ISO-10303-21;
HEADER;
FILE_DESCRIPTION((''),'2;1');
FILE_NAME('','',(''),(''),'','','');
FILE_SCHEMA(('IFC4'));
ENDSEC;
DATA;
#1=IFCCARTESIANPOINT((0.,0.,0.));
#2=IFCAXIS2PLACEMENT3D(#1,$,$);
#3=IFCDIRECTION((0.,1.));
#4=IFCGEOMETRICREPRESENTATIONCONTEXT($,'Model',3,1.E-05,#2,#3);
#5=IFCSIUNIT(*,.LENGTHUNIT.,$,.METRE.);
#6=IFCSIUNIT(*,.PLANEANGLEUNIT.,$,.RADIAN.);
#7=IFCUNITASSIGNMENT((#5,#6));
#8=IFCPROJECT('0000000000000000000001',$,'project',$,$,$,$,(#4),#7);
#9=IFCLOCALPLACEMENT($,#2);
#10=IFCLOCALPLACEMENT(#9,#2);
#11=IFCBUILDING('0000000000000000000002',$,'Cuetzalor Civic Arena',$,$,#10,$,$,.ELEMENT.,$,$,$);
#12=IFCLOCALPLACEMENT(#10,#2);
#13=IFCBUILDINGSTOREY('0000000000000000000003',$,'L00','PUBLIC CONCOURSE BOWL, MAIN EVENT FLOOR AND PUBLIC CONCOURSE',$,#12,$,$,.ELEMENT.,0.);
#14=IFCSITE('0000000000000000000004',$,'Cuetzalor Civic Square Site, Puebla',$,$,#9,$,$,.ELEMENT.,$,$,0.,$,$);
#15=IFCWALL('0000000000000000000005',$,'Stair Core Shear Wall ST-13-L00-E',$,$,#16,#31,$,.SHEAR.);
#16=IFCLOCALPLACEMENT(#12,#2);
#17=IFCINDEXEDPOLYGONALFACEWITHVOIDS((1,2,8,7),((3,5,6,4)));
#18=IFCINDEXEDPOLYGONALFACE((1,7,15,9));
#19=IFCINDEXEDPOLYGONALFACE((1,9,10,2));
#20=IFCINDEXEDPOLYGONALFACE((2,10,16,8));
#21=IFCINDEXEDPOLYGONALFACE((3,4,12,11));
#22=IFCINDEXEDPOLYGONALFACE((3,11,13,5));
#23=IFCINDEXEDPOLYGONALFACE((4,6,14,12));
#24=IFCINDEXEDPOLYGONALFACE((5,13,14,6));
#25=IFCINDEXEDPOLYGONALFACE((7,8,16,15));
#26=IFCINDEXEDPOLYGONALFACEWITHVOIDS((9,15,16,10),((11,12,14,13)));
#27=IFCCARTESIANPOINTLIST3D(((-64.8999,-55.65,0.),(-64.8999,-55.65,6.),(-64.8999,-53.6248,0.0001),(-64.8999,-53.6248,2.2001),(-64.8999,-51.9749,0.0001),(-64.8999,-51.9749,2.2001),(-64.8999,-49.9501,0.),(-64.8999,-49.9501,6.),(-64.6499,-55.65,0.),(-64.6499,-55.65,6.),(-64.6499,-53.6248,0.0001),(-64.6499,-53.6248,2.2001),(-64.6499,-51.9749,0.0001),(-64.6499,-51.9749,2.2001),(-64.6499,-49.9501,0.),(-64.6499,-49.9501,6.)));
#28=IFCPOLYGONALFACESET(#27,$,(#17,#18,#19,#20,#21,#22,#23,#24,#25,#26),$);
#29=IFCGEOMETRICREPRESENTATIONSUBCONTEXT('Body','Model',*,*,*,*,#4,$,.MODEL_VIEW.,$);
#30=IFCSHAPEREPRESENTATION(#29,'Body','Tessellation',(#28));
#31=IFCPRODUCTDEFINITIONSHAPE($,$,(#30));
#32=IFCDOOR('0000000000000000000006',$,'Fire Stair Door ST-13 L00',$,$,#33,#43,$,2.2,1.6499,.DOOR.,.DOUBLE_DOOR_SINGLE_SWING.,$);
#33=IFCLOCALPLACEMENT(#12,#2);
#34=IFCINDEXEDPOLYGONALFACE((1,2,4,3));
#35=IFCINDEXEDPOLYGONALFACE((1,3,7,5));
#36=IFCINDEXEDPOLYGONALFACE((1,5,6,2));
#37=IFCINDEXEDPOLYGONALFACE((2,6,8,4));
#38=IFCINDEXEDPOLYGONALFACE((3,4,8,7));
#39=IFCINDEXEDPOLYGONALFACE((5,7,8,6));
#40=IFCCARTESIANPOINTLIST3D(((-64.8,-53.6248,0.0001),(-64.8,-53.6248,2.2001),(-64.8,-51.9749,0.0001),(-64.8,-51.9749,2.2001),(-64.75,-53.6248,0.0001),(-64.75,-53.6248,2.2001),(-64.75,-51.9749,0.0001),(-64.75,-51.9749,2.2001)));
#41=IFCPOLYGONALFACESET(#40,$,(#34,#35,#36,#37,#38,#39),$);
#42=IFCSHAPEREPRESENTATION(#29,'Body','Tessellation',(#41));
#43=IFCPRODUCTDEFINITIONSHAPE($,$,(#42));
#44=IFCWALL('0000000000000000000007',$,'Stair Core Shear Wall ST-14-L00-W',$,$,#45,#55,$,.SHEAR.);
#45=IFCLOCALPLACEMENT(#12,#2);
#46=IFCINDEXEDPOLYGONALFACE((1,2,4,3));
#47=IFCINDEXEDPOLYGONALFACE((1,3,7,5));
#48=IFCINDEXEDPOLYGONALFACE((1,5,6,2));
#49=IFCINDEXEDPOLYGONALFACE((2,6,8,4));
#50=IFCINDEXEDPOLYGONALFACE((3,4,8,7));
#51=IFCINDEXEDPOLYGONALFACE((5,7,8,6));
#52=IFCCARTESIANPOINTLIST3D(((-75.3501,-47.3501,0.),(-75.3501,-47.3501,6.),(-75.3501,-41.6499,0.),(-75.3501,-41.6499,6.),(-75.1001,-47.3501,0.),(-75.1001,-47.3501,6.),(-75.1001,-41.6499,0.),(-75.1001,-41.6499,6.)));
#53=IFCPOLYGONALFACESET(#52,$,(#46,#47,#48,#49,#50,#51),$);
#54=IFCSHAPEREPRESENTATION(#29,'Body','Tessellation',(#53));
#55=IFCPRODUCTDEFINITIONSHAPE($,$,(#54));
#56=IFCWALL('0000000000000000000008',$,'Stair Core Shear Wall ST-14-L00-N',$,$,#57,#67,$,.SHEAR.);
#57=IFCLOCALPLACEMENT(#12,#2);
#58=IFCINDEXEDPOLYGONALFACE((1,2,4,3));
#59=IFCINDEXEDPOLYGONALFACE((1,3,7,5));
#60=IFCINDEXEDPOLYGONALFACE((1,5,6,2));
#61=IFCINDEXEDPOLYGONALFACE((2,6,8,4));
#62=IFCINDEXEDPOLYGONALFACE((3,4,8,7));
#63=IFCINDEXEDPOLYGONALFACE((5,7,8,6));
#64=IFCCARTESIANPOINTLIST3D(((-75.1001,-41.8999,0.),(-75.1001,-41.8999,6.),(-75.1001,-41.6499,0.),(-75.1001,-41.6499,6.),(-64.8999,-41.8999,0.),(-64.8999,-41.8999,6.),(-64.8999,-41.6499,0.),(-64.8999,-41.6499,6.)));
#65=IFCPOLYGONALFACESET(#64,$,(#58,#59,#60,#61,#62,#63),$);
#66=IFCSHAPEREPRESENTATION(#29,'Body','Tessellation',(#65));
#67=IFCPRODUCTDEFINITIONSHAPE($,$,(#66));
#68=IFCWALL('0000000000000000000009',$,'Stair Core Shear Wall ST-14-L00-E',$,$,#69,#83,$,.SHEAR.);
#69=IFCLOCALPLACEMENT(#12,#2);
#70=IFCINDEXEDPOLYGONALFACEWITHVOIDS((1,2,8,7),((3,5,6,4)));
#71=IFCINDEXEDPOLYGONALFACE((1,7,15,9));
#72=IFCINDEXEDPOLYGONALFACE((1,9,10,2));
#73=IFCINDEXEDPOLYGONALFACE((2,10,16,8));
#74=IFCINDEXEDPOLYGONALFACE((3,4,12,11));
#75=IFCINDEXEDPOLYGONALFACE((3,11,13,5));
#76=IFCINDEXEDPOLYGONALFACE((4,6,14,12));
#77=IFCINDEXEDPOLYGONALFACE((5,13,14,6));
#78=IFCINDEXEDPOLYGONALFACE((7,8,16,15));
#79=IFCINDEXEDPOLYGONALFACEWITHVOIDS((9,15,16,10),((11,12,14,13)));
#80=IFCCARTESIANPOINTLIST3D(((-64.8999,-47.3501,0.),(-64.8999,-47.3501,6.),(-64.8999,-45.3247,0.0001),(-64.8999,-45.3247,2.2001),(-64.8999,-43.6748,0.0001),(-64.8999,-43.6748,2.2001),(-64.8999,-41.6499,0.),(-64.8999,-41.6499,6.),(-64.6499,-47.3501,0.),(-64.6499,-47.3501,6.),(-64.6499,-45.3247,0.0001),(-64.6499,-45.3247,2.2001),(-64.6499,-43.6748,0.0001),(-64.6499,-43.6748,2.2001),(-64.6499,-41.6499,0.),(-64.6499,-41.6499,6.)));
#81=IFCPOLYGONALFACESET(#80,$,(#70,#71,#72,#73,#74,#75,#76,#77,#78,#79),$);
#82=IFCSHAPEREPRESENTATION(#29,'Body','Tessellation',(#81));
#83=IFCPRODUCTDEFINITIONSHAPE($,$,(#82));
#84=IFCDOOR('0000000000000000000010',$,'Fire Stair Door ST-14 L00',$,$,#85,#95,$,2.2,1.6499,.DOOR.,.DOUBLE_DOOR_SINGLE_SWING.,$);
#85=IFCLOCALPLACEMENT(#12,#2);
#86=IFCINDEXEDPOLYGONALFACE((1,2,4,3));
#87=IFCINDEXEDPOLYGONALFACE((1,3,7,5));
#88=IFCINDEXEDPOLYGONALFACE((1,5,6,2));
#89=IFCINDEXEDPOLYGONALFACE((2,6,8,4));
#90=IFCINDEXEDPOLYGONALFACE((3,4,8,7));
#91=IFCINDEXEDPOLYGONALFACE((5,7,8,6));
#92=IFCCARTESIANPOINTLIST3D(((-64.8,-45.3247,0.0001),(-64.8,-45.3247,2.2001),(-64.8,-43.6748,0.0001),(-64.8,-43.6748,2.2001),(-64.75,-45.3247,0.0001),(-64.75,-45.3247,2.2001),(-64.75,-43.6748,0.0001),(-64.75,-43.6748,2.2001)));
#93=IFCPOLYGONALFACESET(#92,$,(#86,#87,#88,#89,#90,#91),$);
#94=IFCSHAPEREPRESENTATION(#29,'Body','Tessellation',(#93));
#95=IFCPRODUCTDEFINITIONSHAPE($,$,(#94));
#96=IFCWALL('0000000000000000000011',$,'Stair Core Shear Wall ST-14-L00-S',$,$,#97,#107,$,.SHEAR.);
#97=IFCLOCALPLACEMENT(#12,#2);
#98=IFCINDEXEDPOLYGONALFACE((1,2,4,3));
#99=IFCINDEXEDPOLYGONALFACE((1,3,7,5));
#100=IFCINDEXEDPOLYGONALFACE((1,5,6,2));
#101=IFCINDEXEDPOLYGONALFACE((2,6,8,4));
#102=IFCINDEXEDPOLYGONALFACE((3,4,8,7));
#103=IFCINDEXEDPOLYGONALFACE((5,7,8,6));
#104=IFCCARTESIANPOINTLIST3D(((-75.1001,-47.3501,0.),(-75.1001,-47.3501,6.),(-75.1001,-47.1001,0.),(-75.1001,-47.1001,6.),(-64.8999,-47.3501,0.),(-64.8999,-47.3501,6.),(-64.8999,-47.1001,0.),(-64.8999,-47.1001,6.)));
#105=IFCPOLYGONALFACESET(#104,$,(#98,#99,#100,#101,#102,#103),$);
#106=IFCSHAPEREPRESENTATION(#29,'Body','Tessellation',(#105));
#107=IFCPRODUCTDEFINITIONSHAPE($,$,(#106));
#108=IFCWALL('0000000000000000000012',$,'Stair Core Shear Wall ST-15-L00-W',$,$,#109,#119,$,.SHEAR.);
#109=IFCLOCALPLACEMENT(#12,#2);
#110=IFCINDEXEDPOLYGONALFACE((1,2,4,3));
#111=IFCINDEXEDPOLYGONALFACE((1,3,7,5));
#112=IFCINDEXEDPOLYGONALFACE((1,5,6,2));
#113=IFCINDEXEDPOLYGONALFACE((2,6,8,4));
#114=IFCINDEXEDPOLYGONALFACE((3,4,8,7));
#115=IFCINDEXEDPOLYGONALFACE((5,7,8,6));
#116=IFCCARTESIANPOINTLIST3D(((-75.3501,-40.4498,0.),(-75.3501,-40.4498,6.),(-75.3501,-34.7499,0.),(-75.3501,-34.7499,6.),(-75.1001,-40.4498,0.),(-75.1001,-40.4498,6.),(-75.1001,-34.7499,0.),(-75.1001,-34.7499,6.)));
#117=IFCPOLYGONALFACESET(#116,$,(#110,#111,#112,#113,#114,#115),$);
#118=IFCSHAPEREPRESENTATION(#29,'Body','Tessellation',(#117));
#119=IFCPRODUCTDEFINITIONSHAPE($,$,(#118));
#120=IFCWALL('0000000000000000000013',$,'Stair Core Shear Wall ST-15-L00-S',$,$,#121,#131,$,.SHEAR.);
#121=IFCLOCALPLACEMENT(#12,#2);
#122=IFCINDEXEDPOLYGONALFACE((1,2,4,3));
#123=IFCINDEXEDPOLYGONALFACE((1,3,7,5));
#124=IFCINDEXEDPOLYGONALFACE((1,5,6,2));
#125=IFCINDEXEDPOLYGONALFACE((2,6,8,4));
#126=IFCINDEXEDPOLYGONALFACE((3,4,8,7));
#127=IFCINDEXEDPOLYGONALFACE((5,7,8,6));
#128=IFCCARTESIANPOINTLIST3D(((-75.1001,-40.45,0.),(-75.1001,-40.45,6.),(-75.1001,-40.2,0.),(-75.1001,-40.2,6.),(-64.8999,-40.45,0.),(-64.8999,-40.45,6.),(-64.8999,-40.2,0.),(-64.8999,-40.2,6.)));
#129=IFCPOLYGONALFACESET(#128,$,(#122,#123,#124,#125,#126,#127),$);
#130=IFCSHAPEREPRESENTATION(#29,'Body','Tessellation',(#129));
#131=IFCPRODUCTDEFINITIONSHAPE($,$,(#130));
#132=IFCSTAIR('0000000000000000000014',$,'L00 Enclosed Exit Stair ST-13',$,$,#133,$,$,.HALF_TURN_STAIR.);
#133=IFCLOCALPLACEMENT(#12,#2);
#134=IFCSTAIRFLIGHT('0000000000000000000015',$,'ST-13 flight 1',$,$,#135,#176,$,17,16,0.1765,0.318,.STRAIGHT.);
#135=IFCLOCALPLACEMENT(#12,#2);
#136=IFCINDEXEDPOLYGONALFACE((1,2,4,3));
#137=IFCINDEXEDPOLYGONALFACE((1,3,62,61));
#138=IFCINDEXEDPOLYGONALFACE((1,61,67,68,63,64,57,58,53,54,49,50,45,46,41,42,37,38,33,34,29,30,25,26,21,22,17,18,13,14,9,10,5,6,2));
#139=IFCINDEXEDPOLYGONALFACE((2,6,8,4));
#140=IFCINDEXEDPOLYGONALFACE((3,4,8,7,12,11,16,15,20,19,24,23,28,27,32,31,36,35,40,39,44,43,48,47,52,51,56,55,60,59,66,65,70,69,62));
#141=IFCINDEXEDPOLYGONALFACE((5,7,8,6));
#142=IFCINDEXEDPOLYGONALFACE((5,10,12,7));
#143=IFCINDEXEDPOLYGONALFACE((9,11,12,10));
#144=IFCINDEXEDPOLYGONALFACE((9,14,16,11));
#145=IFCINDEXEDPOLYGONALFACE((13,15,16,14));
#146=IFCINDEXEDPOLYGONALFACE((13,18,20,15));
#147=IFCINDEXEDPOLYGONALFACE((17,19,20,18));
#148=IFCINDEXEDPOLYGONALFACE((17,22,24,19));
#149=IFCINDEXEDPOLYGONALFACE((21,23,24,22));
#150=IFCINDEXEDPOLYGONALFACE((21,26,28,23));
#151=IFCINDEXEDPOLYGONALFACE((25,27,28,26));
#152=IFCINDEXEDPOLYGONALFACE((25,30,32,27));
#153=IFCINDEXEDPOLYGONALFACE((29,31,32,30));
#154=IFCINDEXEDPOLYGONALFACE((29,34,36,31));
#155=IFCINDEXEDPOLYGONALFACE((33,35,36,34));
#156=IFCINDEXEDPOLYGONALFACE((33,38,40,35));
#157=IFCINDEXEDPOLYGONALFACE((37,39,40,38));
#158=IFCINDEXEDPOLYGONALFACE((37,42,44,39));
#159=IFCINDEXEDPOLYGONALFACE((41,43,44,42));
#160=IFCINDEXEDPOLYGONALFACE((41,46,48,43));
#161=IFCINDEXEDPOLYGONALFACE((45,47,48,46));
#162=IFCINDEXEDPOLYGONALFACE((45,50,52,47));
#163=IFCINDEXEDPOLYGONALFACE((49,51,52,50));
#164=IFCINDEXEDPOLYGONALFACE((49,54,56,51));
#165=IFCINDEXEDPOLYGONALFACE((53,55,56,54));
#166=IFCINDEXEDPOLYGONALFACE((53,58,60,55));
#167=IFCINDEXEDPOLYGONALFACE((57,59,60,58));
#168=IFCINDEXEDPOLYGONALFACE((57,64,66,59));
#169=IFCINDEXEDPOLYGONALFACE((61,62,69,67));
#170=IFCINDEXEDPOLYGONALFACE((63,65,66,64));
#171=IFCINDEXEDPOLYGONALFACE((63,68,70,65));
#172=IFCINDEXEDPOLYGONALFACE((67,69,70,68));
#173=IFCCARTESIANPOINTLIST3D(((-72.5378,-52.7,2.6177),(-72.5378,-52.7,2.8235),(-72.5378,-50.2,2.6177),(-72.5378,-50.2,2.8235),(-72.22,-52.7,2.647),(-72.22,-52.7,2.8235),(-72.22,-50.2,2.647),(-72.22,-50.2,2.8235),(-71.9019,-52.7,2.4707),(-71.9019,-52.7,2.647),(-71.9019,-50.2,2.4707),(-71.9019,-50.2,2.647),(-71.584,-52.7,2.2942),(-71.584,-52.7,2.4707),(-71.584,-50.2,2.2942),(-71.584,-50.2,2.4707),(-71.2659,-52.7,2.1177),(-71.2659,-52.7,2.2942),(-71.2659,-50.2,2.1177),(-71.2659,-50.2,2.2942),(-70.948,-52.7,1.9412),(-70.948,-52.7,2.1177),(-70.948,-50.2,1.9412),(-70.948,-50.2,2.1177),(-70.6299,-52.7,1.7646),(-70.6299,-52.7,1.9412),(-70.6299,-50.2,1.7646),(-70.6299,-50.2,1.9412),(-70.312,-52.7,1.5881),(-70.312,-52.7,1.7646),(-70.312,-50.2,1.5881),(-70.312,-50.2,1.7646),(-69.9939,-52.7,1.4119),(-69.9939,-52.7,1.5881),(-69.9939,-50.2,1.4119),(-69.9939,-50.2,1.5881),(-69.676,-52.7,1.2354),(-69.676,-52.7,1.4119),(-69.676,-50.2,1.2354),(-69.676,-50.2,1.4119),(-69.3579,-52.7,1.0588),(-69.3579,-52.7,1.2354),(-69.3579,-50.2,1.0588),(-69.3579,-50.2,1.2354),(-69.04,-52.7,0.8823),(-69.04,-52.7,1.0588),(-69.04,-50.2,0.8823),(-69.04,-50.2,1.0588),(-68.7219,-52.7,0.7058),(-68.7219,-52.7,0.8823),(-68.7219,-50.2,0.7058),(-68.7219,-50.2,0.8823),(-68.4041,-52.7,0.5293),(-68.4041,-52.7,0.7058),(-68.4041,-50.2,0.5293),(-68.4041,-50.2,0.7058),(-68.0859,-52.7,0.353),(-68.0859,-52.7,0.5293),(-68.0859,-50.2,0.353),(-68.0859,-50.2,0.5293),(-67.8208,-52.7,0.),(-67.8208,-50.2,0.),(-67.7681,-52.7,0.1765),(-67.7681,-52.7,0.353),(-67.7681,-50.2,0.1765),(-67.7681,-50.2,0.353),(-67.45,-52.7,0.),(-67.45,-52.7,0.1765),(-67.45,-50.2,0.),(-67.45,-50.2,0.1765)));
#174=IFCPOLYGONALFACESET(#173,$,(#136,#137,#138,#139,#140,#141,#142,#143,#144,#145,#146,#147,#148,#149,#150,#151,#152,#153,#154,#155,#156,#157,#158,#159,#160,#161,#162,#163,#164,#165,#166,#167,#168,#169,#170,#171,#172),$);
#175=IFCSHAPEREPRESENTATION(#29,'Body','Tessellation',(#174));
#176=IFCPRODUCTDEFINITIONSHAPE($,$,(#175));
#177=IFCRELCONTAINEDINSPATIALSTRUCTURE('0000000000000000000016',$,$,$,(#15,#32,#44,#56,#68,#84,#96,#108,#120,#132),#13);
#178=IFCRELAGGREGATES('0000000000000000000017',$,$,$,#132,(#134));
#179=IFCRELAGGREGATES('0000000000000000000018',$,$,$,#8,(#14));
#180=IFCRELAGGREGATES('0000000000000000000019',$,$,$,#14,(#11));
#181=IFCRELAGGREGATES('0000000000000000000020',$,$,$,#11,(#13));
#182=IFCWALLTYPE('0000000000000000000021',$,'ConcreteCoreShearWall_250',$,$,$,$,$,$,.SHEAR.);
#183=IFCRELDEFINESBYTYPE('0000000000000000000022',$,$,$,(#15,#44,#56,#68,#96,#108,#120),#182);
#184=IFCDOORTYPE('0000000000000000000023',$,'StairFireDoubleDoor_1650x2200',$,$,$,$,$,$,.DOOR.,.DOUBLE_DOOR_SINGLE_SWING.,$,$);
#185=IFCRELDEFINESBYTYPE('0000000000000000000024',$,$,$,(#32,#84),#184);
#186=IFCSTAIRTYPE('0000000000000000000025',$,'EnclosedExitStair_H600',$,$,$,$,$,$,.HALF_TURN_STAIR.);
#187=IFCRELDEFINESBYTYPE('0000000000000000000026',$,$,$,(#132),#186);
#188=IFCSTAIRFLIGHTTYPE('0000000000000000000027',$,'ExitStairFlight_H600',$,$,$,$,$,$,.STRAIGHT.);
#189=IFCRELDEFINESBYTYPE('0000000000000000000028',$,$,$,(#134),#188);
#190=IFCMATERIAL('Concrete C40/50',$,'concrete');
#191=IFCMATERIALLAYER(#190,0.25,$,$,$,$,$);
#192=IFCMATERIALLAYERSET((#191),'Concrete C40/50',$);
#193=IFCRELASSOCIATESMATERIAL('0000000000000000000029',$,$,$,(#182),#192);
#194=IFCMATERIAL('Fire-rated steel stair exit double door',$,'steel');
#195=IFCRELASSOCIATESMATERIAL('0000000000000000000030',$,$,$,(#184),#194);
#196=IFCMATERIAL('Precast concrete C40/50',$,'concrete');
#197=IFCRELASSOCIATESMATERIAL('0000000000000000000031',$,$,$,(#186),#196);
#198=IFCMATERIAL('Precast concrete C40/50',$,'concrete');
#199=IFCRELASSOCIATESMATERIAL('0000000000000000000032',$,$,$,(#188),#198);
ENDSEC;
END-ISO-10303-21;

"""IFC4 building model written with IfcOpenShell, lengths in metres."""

from ifc_helpers import new_model, si_unit, direction, frame, frame_2d, origin, place, context, subcontext, project, spatial, polyline, rectangle, outline, extrude, material, layer, layer_set, type_object, element, fill, aggregate, save


model = new_model("IFC4")

# Units and contexts
model_context = context("Model", 3, precision=1e-05, world=origin(), true_north=direction((0.0, 1.0)))
body_context = subcontext(model_context, "Body", "Model", "MODEL_VIEW")
ifc_project = project(units=[si_unit("LENGTHUNIT", "METRE"), si_unit("PLANEANGLEUNIT", "RADIAN")], contexts=[model_context])

# Site, building, storey
site_placement = place(None, origin())
site = spatial("IfcSite", under=ifc_project, at=site_placement, Name="Cuetzalor Civic Square Site, Puebla", CompositionType="ELEMENT", RefElevation=0.0)
building_placement = place(site_placement, origin())
building = spatial("IfcBuilding", under=site, at=building_placement, Name="Cuetzalor Civic Arena", CompositionType="ELEMENT")
storey_placement = place(building_placement, origin())
storey = spatial("IfcBuildingStorey", under=building, at=storey_placement, Name="L00", Description="PUBLIC CONCOURSE BOWL, MAIN EVENT FLOOR AND PUBLIC CONCOURSE", CompositionType="ELEMENT", Elevation=0.0)

# Shared definitions
ifc_material_1 = material(Name="Concrete C40/50", Category="concrete")
ifc_layer = layer(ifc_material_1, 0.25)
ifc_layer_set = layer_set([ifc_layer], Name="Concrete C40/50")
wall_type = type_object("IfcWallType", Name="ConcreteCoreShearWall_250", PredefinedType="SHEAR", material=ifc_layer_set)

# Wall, opening, door
wall_1_placement = place(storey_placement, frame((-64.7749, -49.95, 0.0), z_axis=(0.0, 0.0, 1.0), x_axis=(0.0, -1.0, 0.0)))
wall_1 = element("IfcWall", 1, at=wall_1_placement, inside=storey, type_object=wall_type, Name="Stair Core Shear Wall ST-13-L00-E", PredefinedType="SHEAR", context=body_context, shape_type="SweptSolid", body=[
    extrude(rectangle(XDim=5.7, YDim=0.25, at=frame_2d((2.8501, 0.0))), origin(), (0.0, 0.0, 1.0), 6.0),
])
opening_1_placement = place(wall_1_placement, frame((2.0249, 0.0, 0.0)))
opening_1 = element("IfcOpeningElement", 2, at=opening_1_placement, cuts=wall_1, PredefinedType="OPENING", context=body_context, shape_type="SweptSolid", body=[
    extrude(rectangle(XDim=1.6499, YDim=2.2, at=frame_2d((0.825, 1.1001))), frame((0.0, 0.135, 0.0), z_axis=(0.0, -1.0, 0.0), x_axis=(1.0, 0.0, 0.0)), (0.0, 0.0, 1.0), 0.27),
])
ifc_material_2 = material(Name="Fire-rated steel stair exit double door", Category="steel")
door_type = type_object("IfcDoorType", Name="StairFireDoubleDoor_1650x2200", OperationType="DOUBLE_DOOR_SINGLE_SWING", PredefinedType="DOOR", material=ifc_material_2)
door_1_placement = place(opening_1_placement, origin())
door_1 = element("IfcDoor", 3, at=door_1_placement, inside=storey, type_object=door_type, Name="Fire Stair Door ST-13 L00", OperationType="DOUBLE_DOOR_SINGLE_SWING", OverallHeight=2.2, OverallWidth=1.6499, PredefinedType="DOOR", context=body_context, shape_type="SweptSolid", body=[
    extrude(rectangle(XDim=1.6499, YDim=2.2, at=frame_2d((0.825, 1.1001))), frame((0.0, 0.0249, 0.0), z_axis=(0.0, -1.0, 0.0), x_axis=(1.0, 0.0, 0.0)), (0.0, 0.0, 1.0), 0.05),
])
fill(opening_1, door_1)

# Walls
wall_2_placement = place(storey_placement, frame((-75.2251, -47.3501, 0.0), z_axis=(0.0, 0.0, 1.0), x_axis=(0.0, 1.0, 0.0)))
element("IfcWall", 4, at=wall_2_placement, inside=storey, type_object=wall_type, Name="Stair Core Shear Wall ST-14-L00-W", PredefinedType="SHEAR", context=body_context, shape_type="SweptSolid", body=[
    extrude(rectangle(XDim=5.7002, YDim=0.25, at=frame_2d((2.8501, 0.0))), origin(), (0.0, 0.0, 1.0), 6.0),
])
wall_3_placement = place(storey_placement, frame((-75.1001, -41.7749, 0.0), z_axis=(0.0, 0.0, 1.0), x_axis=(1.0, 0.0, 0.0)))
element("IfcWall", 5, at=wall_3_placement, inside=storey, type_object=wall_type, Name="Stair Core Shear Wall ST-14-L00-N", PredefinedType="SHEAR", context=body_context, shape_type="SweptSolid", body=[
    extrude(rectangle(XDim=10.2002, YDim=0.25, at=frame_2d((5.1001, 0.0))), origin(), (0.0, 0.0, 1.0), 6.0),
])

# Wall, opening, door
wall_4_placement = place(storey_placement, frame((-64.7749, -41.6499, 0.0), z_axis=(0.0, 0.0, 1.0), x_axis=(0.0, -1.0, 0.0)))
wall_4 = element("IfcWall", 6, at=wall_4_placement, inside=storey, type_object=wall_type, Name="Stair Core Shear Wall ST-14-L00-E", PredefinedType="SHEAR", context=body_context, shape_type="SweptSolid", body=[
    extrude(rectangle(XDim=5.7002, YDim=0.25, at=frame_2d((2.8501, 0.0))), origin(), (0.0, 0.0, 1.0), 6.0),
])
opening_2_placement = place(wall_4_placement, frame((2.0249, 0.0, 0.0)))
opening_2 = element("IfcOpeningElement", 7, at=opening_2_placement, cuts=wall_4, PredefinedType="OPENING", context=body_context, shape_type="SweptSolid", body=[
    extrude(rectangle(XDim=1.6499, YDim=2.2, at=frame_2d((0.825, 1.1001))), frame((0.0, 0.135, 0.0), z_axis=(0.0, -1.0, 0.0), x_axis=(1.0, 0.0, 0.0)), (0.0, 0.0, 1.0), 0.27),
])
door_2_placement = place(opening_2_placement, origin())
door_2 = element("IfcDoor", 8, at=door_2_placement, inside=storey, type_object=door_type, Name="Fire Stair Door ST-14 L00", OperationType="DOUBLE_DOOR_SINGLE_SWING", OverallHeight=2.2, OverallWidth=1.6499, PredefinedType="DOOR", context=body_context, shape_type="SweptSolid", body=[
    extrude(rectangle(XDim=1.6499, YDim=2.2, at=frame_2d((0.825, 1.1001))), frame((0.0, 0.0249, 0.0), z_axis=(0.0, -1.0, 0.0), x_axis=(1.0, 0.0, 0.0)), (0.0, 0.0, 1.0), 0.05),
])
fill(opening_2, door_2)

# Walls
wall_5_placement = place(storey_placement, frame((-64.8999, -47.2251, 0.0), z_axis=(0.0, 0.0, 1.0), x_axis=(-1.0, 0.0, 0.0)))
element("IfcWall", 9, at=wall_5_placement, inside=storey, type_object=wall_type, Name="Stair Core Shear Wall ST-14-L00-S", PredefinedType="SHEAR", context=body_context, shape_type="SweptSolid", body=[
    extrude(rectangle(XDim=10.2002, YDim=0.25, at=frame_2d((5.1001, 0.0))), origin(), (0.0, 0.0, 1.0), 6.0),
])
wall_6_placement = place(storey_placement, frame((-75.2251, -40.45, 0.0), z_axis=(0.0, 0.0, 1.0), x_axis=(0.0, 1.0, 0.0)))
element("IfcWall", 10, at=wall_6_placement, inside=storey, type_object=wall_type, Name="Stair Core Shear Wall ST-15-L00-W", PredefinedType="SHEAR", context=body_context, shape_type="SweptSolid", body=[
    extrude(rectangle(XDim=5.7, YDim=0.25, at=frame_2d((2.8501, 0.0))), origin(), (0.0, 0.0, 1.0), 6.0),
])
wall_7_placement = place(storey_placement, frame((-64.8999, -40.325, 0.0), z_axis=(0.0, 0.0, 1.0), x_axis=(-1.0, 0.0, 0.0)))
element("IfcWall", 11, at=wall_7_placement, inside=storey, type_object=wall_type, Name="Stair Core Shear Wall ST-15-L00-S", PredefinedType="SHEAR", context=body_context, shape_type="SweptSolid", body=[
    extrude(rectangle(XDim=10.2002, YDim=0.25, at=frame_2d((5.1001, 0.0))), origin(), (0.0, 0.0, 1.0), 6.0),
])

# Stair, stair flight
ifc_material_3 = material(Name="Precast concrete C40/50", Category="concrete")
stair_type = type_object("IfcStairType", Name="EnclosedExitStair_H600", PredefinedType="HALF_TURN_STAIR", material=ifc_material_3)
stair_1_placement = place(storey_placement, origin())
stair_1 = element("IfcStair", 12, at=stair_1_placement, inside=storey, type_object=stair_type, Name="L00 Enclosed Exit Stair ST-13", PredefinedType="HALF_TURN_STAIR")
ifc_material_4 = material(Name="Precast concrete C40/50", Category="concrete")
stair_flight_type = type_object("IfcStairFlightType", Name="ExitStairFlight_H600", PredefinedType="STRAIGHT", material=ifc_material_4)
stair_flight_1_placement = place(storey_placement, frame((-67.45, -51.45, 0.0), z_axis=(0.0, 0.0, 1.0), x_axis=(-1.0, 0.0, 0.0)))
stair_flight_1 = element("IfcStairFlight", 13, at=stair_flight_1_placement, type_object=stair_flight_type, Name="ST-13 flight 1", NumberOfRisers=17, NumberOfTreads=16, PredefinedType="STRAIGHT", RiserHeight=0.1765, TreadLength=0.318, context=body_context, shape_type="SweptSolid", body=[
    extrude(outline(polyline([(0.0, 0.0), (0.0, 0.1765), (0.3181, 0.1765), (0.3181, 0.353), (0.636, 0.353), (0.636, 0.5293), (0.9541, 0.5293), (0.9541, 0.7058), (1.272, 0.7058), (1.272, 0.8823), (1.5901, 0.8823), (1.5901, 1.0588), (1.908, 1.0588), (1.908, 1.2354), (2.2261, 1.2354), (2.2261, 1.4119), (2.5439, 1.4119), (2.5439, 1.5881), (2.8621, 1.5881), (2.8621, 1.7646), (3.1799, 1.7646), (3.1799, 1.9412), (3.498, 1.9412), (3.498, 2.1177), (3.8159, 2.1177), (3.8159, 2.2942), (4.134, 2.2942), (4.134, 2.4707), (4.4519, 2.4707), (4.4519, 2.647), (4.77, 2.647), (4.77, 2.8235), (5.0879, 2.8235), (5.0879, 3.0), (5.0879, 2.6177), (0.3708, 0.0), (0.0, 0.0)])), frame((0.0, 1.25, 0.0), z_axis=(0.0, -1.0, 0.0), x_axis=(1.0, 0.0, 0.0)), (0.0, 0.0, 1.0), 2.5),
])
aggregate(stair_1, [stair_flight_1])

save(model, "model.ifc")
